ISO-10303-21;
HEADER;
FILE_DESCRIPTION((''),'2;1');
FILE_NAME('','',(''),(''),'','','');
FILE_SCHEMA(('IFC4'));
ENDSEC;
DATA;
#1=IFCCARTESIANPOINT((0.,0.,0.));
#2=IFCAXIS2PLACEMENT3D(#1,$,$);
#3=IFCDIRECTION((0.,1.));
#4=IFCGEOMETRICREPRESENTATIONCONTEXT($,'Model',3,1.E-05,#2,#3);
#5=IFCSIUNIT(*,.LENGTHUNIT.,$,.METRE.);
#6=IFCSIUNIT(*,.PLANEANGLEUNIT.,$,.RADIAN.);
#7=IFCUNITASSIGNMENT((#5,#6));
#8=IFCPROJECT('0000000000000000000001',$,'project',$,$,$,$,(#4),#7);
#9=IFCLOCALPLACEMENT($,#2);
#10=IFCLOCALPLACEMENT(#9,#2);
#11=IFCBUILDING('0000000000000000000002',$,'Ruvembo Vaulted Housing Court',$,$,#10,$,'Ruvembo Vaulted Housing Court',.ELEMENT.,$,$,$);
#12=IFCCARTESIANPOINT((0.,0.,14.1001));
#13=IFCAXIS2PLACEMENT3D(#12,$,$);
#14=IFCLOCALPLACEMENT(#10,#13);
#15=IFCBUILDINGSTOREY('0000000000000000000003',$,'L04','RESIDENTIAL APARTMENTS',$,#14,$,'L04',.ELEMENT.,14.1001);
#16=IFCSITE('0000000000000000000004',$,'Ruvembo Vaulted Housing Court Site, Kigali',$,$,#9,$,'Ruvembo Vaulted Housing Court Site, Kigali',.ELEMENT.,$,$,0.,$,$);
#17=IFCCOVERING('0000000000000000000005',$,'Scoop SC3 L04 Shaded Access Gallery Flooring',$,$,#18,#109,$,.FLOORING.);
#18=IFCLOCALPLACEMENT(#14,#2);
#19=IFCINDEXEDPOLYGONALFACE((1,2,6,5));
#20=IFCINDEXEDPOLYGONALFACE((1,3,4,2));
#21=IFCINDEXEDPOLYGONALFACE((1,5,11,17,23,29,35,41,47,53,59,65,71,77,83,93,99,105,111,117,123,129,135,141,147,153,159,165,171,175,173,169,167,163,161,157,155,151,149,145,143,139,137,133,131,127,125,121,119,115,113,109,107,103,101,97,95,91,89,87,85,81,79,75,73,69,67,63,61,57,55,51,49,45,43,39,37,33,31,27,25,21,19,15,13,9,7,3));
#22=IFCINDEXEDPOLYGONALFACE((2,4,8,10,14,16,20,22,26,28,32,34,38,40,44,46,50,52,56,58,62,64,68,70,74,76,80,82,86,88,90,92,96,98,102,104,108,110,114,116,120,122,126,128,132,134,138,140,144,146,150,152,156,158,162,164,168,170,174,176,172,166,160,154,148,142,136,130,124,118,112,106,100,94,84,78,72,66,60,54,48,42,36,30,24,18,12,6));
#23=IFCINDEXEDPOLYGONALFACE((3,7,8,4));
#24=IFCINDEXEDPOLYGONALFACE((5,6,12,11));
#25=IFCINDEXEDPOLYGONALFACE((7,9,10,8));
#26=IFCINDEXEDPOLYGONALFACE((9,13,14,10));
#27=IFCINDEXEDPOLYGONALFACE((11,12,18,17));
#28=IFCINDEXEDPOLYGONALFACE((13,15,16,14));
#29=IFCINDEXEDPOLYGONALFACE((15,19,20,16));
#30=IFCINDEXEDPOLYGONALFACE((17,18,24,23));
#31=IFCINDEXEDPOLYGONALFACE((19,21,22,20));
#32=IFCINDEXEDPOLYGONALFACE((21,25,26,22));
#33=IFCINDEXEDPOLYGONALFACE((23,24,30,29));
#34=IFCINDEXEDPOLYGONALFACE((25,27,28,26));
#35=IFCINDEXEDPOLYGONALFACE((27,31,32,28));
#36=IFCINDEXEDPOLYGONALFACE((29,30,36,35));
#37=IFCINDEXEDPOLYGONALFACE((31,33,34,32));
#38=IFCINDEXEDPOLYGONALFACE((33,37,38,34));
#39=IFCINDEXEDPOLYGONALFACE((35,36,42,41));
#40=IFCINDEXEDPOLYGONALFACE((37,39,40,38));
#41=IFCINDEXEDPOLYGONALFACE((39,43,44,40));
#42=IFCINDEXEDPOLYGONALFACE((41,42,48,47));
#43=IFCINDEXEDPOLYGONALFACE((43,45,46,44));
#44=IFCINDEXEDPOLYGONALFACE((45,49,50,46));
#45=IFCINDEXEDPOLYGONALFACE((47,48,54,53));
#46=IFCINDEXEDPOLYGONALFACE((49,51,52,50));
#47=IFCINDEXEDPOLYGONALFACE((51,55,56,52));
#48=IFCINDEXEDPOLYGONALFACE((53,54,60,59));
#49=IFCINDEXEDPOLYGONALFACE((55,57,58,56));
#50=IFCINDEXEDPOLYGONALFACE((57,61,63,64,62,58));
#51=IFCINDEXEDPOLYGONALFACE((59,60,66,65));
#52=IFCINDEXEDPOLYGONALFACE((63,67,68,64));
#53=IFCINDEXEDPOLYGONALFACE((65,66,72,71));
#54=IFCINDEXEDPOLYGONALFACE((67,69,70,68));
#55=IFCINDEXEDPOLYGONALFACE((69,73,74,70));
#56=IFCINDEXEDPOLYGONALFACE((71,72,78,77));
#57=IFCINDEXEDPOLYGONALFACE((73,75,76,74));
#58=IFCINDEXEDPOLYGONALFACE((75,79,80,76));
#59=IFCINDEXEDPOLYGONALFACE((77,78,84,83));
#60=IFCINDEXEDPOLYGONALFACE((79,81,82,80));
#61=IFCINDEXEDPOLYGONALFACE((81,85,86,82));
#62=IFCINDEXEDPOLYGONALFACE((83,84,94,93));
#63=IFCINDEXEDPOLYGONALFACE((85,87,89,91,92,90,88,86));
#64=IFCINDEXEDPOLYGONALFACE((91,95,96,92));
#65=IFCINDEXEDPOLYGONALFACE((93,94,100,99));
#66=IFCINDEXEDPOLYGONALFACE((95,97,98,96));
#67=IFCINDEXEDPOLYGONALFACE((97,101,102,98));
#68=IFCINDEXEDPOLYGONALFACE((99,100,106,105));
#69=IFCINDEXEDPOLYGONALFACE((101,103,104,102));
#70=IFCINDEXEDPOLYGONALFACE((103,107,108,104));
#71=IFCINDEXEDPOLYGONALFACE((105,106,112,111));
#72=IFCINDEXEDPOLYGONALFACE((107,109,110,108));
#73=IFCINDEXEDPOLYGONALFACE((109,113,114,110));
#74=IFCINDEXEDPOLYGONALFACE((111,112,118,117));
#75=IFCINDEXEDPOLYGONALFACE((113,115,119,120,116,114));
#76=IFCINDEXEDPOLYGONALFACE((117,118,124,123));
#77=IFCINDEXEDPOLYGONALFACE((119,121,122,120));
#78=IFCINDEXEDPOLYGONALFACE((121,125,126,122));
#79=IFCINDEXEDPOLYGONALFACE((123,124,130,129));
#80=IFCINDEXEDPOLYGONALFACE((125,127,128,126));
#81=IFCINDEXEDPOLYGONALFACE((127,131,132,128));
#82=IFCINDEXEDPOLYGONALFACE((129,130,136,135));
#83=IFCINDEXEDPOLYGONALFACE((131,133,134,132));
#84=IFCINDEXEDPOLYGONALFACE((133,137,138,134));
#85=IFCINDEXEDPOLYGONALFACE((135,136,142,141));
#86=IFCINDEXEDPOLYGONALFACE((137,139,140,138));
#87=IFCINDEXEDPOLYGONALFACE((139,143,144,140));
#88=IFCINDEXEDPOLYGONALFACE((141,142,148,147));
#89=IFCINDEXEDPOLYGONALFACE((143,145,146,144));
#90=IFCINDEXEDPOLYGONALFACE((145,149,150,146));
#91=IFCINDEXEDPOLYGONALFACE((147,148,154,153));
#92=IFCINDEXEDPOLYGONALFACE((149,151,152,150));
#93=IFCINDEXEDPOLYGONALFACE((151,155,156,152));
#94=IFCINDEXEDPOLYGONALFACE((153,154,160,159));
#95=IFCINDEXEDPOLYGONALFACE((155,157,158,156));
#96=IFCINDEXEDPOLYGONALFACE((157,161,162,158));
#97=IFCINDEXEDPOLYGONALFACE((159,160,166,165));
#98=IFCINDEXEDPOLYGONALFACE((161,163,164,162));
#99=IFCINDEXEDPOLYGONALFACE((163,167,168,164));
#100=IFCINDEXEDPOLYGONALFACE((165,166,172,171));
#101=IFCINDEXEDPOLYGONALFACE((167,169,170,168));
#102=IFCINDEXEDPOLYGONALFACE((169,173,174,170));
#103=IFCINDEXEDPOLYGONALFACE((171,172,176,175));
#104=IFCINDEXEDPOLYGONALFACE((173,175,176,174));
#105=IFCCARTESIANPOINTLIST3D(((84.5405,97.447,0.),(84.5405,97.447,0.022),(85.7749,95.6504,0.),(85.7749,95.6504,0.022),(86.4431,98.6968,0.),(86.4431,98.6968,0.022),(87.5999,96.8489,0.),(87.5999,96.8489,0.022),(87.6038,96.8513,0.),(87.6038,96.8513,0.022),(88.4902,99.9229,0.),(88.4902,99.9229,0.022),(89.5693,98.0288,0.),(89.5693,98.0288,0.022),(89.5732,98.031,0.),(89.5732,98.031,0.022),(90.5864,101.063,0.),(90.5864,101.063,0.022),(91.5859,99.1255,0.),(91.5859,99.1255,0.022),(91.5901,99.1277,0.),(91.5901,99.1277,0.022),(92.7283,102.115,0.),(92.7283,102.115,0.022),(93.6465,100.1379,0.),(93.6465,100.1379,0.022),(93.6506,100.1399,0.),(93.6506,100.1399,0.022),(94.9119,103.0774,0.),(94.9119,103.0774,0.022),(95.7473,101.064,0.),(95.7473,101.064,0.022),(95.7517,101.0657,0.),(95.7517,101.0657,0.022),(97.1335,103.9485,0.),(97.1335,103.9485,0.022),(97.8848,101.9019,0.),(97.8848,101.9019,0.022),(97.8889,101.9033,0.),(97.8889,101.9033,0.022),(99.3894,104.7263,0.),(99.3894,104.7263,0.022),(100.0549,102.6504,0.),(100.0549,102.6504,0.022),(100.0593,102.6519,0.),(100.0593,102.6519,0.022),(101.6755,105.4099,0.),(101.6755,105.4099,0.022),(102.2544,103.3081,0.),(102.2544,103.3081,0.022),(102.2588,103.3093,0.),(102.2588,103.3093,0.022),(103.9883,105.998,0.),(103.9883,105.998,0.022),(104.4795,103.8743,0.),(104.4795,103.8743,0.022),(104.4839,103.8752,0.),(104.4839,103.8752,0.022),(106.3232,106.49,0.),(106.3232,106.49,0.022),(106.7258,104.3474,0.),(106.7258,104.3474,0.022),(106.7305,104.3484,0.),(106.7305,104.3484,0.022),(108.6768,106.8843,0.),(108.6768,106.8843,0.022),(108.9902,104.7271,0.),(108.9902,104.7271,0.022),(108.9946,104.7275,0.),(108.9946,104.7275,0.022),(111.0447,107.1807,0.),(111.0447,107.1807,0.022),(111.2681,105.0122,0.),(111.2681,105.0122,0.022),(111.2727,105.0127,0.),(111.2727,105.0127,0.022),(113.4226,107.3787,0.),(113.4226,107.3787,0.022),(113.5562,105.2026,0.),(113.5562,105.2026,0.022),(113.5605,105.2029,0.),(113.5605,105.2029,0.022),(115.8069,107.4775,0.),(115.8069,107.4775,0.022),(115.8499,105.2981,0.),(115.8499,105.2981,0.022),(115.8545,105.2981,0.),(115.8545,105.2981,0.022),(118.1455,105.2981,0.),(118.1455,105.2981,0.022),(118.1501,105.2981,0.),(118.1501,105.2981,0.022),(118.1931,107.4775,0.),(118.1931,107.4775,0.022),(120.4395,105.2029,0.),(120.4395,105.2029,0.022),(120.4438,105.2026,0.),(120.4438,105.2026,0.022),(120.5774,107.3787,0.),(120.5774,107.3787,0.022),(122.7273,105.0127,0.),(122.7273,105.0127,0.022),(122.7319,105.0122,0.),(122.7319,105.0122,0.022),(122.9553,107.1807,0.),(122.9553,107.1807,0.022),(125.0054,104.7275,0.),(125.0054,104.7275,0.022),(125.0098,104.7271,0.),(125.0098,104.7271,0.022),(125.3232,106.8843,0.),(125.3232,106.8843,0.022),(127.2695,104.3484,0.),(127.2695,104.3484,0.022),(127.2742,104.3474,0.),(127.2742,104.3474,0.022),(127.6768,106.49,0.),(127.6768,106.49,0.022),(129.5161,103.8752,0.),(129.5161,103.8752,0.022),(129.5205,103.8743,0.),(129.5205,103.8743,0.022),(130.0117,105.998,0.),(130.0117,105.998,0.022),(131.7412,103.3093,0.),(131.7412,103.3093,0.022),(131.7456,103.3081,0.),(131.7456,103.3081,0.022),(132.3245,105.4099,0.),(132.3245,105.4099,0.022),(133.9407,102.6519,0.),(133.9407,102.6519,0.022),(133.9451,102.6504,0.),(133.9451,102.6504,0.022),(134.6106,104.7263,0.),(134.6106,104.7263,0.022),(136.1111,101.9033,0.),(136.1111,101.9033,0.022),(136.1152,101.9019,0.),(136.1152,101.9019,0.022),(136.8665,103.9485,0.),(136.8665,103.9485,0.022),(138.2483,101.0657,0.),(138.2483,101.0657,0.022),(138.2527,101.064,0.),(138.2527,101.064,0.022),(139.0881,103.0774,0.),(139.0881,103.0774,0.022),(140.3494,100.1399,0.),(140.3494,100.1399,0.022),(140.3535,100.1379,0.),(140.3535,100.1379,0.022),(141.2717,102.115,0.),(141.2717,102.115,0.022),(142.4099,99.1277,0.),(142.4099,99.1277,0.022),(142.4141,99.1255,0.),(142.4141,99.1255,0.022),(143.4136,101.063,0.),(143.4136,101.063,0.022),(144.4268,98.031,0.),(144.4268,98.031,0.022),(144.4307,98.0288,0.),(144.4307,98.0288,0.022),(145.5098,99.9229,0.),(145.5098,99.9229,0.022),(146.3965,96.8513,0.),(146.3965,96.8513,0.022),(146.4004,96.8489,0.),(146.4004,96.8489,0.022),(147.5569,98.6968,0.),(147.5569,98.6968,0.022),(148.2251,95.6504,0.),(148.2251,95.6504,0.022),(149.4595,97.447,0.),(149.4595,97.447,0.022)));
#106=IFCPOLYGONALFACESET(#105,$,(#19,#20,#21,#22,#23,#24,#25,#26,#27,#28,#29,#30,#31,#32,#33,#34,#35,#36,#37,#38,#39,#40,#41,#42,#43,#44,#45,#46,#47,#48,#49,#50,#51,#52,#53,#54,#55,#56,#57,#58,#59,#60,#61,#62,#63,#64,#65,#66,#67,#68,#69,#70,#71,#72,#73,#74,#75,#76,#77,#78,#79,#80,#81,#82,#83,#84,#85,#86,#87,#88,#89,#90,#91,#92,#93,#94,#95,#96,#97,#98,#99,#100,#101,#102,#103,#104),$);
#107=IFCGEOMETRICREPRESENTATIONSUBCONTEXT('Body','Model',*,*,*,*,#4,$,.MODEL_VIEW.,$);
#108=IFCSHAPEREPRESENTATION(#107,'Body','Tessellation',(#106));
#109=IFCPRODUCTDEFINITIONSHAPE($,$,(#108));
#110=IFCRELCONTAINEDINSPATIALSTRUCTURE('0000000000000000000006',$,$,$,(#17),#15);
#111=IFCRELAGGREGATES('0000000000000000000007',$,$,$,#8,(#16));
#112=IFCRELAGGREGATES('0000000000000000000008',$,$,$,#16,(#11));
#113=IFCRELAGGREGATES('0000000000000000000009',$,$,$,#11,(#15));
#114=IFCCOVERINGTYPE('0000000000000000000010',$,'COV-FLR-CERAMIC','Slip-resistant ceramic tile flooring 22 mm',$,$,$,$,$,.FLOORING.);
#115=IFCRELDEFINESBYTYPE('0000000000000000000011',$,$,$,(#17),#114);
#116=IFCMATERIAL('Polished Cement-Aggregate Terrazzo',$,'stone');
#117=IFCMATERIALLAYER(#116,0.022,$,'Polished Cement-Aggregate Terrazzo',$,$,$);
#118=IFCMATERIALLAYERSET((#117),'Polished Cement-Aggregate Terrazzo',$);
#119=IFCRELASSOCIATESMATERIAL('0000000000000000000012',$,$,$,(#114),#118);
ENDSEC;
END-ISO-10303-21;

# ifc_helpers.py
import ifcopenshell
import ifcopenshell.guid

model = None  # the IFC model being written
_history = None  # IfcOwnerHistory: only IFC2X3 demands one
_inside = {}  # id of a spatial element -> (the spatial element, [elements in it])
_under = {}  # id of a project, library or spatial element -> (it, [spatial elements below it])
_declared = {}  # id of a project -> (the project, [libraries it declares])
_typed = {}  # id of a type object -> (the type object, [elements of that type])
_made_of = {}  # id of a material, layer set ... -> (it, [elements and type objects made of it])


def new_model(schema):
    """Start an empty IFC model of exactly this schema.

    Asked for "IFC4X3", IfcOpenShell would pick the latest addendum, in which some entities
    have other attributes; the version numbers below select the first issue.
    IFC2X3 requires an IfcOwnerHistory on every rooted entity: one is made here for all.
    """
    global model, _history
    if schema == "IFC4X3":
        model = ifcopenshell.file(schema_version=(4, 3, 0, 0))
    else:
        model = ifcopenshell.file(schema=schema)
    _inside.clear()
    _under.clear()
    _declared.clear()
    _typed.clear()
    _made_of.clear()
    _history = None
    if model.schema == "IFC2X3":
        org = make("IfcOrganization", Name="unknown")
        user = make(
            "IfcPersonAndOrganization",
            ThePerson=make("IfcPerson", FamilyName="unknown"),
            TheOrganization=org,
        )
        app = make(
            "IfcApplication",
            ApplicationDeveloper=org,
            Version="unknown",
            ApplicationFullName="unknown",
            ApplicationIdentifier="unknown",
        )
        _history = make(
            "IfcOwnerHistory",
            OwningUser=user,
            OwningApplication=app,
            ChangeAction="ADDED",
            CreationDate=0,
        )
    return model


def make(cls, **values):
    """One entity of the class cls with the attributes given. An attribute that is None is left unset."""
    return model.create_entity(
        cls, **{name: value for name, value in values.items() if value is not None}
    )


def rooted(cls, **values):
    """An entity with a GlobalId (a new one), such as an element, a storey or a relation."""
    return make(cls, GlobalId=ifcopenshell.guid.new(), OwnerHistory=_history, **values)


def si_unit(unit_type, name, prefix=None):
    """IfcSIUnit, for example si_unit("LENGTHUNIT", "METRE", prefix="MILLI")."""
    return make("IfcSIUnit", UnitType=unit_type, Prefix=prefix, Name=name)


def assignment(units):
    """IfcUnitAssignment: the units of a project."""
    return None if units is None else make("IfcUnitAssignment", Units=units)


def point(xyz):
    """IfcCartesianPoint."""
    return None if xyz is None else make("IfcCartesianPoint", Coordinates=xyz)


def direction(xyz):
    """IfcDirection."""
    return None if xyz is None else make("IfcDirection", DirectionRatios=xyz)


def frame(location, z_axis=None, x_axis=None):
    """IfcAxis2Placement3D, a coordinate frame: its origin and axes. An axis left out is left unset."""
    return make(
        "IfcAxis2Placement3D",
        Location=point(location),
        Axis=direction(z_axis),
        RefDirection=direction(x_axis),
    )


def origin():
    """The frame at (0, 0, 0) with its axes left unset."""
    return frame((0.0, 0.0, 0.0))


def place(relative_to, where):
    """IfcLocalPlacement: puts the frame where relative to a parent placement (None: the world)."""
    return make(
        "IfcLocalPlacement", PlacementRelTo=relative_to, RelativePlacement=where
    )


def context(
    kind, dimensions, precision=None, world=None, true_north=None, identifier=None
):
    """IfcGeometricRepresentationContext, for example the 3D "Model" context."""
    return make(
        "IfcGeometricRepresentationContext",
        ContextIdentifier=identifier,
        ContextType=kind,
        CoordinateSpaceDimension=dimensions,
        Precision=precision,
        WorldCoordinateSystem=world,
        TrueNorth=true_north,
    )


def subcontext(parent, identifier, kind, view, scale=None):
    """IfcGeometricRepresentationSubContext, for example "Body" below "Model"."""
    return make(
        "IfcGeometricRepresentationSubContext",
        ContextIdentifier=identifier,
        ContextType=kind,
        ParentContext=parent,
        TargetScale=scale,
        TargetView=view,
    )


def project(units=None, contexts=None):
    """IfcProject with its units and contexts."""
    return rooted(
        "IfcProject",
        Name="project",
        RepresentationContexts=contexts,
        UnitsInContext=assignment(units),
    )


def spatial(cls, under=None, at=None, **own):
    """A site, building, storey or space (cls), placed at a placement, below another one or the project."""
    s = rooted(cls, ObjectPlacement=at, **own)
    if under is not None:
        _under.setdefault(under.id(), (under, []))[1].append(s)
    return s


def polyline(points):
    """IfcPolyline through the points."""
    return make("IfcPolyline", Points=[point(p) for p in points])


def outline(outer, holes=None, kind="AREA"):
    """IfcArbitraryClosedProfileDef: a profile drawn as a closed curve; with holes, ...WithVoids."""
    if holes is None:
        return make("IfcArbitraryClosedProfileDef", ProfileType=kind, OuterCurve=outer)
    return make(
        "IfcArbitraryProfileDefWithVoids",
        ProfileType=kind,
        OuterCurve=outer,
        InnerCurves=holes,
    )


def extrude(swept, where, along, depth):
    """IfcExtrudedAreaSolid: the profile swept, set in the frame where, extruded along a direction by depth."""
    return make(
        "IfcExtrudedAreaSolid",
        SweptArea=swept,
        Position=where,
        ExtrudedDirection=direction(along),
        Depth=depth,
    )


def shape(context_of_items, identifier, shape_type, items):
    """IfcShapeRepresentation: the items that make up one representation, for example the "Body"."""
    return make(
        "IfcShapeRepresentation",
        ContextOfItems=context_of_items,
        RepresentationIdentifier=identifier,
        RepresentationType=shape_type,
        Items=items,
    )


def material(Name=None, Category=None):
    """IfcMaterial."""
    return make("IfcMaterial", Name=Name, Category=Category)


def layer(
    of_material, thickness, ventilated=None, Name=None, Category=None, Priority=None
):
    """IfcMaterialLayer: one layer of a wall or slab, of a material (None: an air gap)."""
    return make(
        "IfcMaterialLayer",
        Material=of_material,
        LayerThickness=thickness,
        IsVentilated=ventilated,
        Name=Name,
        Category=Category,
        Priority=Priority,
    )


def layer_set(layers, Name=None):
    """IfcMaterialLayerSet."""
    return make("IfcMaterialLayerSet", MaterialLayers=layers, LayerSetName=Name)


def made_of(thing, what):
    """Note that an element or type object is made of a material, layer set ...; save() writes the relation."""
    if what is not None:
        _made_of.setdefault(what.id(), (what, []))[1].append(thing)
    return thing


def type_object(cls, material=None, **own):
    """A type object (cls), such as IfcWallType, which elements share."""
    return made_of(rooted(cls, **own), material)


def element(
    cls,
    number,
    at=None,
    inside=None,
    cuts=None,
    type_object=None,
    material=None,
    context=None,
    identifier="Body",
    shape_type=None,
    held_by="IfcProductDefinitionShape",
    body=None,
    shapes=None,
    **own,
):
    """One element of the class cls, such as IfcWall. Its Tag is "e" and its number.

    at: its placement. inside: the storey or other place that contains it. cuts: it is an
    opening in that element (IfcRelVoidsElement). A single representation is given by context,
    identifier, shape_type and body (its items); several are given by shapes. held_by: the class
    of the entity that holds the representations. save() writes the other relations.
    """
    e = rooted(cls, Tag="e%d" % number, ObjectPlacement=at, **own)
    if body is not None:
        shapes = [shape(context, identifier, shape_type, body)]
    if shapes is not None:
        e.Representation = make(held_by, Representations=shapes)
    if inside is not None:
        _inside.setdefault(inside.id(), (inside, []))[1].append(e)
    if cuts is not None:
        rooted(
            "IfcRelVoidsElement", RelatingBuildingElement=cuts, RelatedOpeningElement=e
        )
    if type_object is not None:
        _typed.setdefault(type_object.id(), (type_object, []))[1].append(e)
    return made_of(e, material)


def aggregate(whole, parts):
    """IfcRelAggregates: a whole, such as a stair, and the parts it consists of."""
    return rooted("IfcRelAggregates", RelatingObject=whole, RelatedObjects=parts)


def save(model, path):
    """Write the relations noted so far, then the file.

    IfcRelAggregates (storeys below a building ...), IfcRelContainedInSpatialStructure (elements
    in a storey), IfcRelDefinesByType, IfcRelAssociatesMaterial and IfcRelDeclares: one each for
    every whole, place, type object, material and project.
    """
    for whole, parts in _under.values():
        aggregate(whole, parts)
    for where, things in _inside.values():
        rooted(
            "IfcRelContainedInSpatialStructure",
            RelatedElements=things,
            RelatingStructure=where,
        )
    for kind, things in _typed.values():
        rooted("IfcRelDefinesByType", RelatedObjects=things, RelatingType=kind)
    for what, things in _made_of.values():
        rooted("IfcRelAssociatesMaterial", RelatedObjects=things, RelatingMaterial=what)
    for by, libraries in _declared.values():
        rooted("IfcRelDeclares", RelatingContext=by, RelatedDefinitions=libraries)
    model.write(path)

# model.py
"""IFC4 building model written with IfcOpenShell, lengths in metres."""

from ifc_helpers import new_model, si_unit, direction, frame, origin, place, context, subcontext, project, spatial, polyline, outline, extrude, material, layer, layer_set, type_object, element, save


model = new_model("IFC4")

# Units and contexts
model_context = context("Model", 3, precision=1e-05, world=origin(), true_north=direction((0.0, 1.0)))
body_context = subcontext(model_context, "Body", "Model", "MODEL_VIEW")
ifc_project = project(units=[si_unit("LENGTHUNIT", "METRE"), si_unit("PLANEANGLEUNIT", "RADIAN")], contexts=[model_context])

# Site, building, storey
site_placement = place(None, origin())
site = spatial("IfcSite", under=ifc_project, at=site_placement, Name="Ruvembo Vaulted Housing Court Site, Kigali", LongName="Ruvembo Vaulted Housing Court Site, Kigali", CompositionType="ELEMENT", RefElevation=0.0)
building_placement = place(site_placement, origin())
building = spatial("IfcBuilding", under=site, at=building_placement, Name="Ruvembo Vaulted Housing Court", LongName="Ruvembo Vaulted Housing Court", CompositionType="ELEMENT")
storey_placement = place(building_placement, frame((0.0, 0.0, 14.1001)))
storey = spatial("IfcBuildingStorey", under=building, at=storey_placement, Name="L04", Description="RESIDENTIAL APARTMENTS", LongName="L04", CompositionType="ELEMENT", Elevation=14.1001)

# Covering
ifc_material_1 = material(Name="Polished Cement-Aggregate Terrazzo", Category="stone")
ifc_layer_1 = layer(ifc_material_1, 0.022, Name="Polished Cement-Aggregate Terrazzo")
ifc_layer_set_1 = layer_set([ifc_layer_1], Name="Polished Cement-Aggregate Terrazzo")
covering_type_1 = type_object("IfcCoveringType", Name="COV-FLR-CERAMIC", Description="Slip-resistant ceramic tile flooring 22 mm", PredefinedType="FLOORING", material=ifc_layer_set_1)
covering_1_placement = place(storey_placement, origin())
element("IfcCovering", 1, at=covering_1_placement, inside=storey, type_object=covering_type_1, Name="Scoop SC3 L04 Shaded Access Gallery Flooring", PredefinedType="FLOORING", context=body_context, shape_type="SweptSolid", body=[
    extrude(outline(polyline([(87.5999, 96.8489), (87.6038, 96.8513), (89.5693, 98.0288), (89.5732, 98.031), (91.5859, 99.1255), (91.5901, 99.1277), (93.6465, 100.1379), (93.6506, 100.1399), (95.7473, 101.064), (95.7517, 101.0657), (97.8848, 101.9019), (97.8889, 101.9033), (100.0549, 102.6504), (100.0593, 102.6519), (102.2544, 103.3081), (102.2588, 103.3093), (104.4795, 103.8743), (104.4839, 103.8752), (106.7258, 104.3474), (106.7305, 104.3484), (108.9902, 104.7271), (108.9946, 104.7275), (111.2681, 105.0122), (111.2727, 105.0127), (113.5562, 105.2026), (113.5605, 105.2029), (115.8499, 105.2981), (115.8545, 105.2981), (118.1455, 105.2981), (118.1501, 105.2981), (120.4395, 105.2029), (120.4438, 105.2026), (122.7273, 105.0127), (122.7319, 105.0122), (125.0054, 104.7275), (125.0098, 104.7271), (127.2695, 104.3484), (127.2742, 104.3474), (129.5161, 103.8752), (129.5205, 103.8743), (131.7412, 103.3093), (131.7456, 103.3081), (133.9407, 102.6519), (133.9451, 102.6504), (136.1111, 101.9033), (136.1152, 101.9019), (138.2483, 101.0657), (138.2527, 101.064), (140.3494, 100.1399), (140.3535, 100.1379), (142.4099, 99.1277), (142.4141, 99.1255), (144.4268, 98.031), (144.4307, 98.0288), (146.3965, 96.8513), (146.4004, 96.8489), (148.2251, 95.6504), (149.4595, 97.447), (147.5569, 98.6968), (145.5098, 99.9229), (143.4136, 101.063), (141.2717, 102.115), (139.0881, 103.0774), (136.8665, 103.9485), (134.6106, 104.7263), (132.3245, 105.4099), (130.0117, 105.998), (127.6768, 106.49), (125.3232, 106.8843), (122.9553, 107.1807), (120.5774, 107.3787), (118.1931, 107.4775), (115.8069, 107.4775), (113.4226, 107.3787), (111.0447, 107.1807), (108.6768, 106.8843), (106.3232, 106.49), (103.9883, 105.998), (101.6755, 105.4099), (99.3894, 104.7263), (97.1335, 103.9485), (94.9119, 103.0774), (92.7283, 102.115), (90.5864, 101.063), (88.4902, 99.9229), (86.4431, 98.6968), (84.5405, 97.447), (85.7749, 95.6504), (87.5999, 96.8489)])), origin(), (0.0, 0.0, 1.0), 0.022),
])

save(model, "model.ifc")
